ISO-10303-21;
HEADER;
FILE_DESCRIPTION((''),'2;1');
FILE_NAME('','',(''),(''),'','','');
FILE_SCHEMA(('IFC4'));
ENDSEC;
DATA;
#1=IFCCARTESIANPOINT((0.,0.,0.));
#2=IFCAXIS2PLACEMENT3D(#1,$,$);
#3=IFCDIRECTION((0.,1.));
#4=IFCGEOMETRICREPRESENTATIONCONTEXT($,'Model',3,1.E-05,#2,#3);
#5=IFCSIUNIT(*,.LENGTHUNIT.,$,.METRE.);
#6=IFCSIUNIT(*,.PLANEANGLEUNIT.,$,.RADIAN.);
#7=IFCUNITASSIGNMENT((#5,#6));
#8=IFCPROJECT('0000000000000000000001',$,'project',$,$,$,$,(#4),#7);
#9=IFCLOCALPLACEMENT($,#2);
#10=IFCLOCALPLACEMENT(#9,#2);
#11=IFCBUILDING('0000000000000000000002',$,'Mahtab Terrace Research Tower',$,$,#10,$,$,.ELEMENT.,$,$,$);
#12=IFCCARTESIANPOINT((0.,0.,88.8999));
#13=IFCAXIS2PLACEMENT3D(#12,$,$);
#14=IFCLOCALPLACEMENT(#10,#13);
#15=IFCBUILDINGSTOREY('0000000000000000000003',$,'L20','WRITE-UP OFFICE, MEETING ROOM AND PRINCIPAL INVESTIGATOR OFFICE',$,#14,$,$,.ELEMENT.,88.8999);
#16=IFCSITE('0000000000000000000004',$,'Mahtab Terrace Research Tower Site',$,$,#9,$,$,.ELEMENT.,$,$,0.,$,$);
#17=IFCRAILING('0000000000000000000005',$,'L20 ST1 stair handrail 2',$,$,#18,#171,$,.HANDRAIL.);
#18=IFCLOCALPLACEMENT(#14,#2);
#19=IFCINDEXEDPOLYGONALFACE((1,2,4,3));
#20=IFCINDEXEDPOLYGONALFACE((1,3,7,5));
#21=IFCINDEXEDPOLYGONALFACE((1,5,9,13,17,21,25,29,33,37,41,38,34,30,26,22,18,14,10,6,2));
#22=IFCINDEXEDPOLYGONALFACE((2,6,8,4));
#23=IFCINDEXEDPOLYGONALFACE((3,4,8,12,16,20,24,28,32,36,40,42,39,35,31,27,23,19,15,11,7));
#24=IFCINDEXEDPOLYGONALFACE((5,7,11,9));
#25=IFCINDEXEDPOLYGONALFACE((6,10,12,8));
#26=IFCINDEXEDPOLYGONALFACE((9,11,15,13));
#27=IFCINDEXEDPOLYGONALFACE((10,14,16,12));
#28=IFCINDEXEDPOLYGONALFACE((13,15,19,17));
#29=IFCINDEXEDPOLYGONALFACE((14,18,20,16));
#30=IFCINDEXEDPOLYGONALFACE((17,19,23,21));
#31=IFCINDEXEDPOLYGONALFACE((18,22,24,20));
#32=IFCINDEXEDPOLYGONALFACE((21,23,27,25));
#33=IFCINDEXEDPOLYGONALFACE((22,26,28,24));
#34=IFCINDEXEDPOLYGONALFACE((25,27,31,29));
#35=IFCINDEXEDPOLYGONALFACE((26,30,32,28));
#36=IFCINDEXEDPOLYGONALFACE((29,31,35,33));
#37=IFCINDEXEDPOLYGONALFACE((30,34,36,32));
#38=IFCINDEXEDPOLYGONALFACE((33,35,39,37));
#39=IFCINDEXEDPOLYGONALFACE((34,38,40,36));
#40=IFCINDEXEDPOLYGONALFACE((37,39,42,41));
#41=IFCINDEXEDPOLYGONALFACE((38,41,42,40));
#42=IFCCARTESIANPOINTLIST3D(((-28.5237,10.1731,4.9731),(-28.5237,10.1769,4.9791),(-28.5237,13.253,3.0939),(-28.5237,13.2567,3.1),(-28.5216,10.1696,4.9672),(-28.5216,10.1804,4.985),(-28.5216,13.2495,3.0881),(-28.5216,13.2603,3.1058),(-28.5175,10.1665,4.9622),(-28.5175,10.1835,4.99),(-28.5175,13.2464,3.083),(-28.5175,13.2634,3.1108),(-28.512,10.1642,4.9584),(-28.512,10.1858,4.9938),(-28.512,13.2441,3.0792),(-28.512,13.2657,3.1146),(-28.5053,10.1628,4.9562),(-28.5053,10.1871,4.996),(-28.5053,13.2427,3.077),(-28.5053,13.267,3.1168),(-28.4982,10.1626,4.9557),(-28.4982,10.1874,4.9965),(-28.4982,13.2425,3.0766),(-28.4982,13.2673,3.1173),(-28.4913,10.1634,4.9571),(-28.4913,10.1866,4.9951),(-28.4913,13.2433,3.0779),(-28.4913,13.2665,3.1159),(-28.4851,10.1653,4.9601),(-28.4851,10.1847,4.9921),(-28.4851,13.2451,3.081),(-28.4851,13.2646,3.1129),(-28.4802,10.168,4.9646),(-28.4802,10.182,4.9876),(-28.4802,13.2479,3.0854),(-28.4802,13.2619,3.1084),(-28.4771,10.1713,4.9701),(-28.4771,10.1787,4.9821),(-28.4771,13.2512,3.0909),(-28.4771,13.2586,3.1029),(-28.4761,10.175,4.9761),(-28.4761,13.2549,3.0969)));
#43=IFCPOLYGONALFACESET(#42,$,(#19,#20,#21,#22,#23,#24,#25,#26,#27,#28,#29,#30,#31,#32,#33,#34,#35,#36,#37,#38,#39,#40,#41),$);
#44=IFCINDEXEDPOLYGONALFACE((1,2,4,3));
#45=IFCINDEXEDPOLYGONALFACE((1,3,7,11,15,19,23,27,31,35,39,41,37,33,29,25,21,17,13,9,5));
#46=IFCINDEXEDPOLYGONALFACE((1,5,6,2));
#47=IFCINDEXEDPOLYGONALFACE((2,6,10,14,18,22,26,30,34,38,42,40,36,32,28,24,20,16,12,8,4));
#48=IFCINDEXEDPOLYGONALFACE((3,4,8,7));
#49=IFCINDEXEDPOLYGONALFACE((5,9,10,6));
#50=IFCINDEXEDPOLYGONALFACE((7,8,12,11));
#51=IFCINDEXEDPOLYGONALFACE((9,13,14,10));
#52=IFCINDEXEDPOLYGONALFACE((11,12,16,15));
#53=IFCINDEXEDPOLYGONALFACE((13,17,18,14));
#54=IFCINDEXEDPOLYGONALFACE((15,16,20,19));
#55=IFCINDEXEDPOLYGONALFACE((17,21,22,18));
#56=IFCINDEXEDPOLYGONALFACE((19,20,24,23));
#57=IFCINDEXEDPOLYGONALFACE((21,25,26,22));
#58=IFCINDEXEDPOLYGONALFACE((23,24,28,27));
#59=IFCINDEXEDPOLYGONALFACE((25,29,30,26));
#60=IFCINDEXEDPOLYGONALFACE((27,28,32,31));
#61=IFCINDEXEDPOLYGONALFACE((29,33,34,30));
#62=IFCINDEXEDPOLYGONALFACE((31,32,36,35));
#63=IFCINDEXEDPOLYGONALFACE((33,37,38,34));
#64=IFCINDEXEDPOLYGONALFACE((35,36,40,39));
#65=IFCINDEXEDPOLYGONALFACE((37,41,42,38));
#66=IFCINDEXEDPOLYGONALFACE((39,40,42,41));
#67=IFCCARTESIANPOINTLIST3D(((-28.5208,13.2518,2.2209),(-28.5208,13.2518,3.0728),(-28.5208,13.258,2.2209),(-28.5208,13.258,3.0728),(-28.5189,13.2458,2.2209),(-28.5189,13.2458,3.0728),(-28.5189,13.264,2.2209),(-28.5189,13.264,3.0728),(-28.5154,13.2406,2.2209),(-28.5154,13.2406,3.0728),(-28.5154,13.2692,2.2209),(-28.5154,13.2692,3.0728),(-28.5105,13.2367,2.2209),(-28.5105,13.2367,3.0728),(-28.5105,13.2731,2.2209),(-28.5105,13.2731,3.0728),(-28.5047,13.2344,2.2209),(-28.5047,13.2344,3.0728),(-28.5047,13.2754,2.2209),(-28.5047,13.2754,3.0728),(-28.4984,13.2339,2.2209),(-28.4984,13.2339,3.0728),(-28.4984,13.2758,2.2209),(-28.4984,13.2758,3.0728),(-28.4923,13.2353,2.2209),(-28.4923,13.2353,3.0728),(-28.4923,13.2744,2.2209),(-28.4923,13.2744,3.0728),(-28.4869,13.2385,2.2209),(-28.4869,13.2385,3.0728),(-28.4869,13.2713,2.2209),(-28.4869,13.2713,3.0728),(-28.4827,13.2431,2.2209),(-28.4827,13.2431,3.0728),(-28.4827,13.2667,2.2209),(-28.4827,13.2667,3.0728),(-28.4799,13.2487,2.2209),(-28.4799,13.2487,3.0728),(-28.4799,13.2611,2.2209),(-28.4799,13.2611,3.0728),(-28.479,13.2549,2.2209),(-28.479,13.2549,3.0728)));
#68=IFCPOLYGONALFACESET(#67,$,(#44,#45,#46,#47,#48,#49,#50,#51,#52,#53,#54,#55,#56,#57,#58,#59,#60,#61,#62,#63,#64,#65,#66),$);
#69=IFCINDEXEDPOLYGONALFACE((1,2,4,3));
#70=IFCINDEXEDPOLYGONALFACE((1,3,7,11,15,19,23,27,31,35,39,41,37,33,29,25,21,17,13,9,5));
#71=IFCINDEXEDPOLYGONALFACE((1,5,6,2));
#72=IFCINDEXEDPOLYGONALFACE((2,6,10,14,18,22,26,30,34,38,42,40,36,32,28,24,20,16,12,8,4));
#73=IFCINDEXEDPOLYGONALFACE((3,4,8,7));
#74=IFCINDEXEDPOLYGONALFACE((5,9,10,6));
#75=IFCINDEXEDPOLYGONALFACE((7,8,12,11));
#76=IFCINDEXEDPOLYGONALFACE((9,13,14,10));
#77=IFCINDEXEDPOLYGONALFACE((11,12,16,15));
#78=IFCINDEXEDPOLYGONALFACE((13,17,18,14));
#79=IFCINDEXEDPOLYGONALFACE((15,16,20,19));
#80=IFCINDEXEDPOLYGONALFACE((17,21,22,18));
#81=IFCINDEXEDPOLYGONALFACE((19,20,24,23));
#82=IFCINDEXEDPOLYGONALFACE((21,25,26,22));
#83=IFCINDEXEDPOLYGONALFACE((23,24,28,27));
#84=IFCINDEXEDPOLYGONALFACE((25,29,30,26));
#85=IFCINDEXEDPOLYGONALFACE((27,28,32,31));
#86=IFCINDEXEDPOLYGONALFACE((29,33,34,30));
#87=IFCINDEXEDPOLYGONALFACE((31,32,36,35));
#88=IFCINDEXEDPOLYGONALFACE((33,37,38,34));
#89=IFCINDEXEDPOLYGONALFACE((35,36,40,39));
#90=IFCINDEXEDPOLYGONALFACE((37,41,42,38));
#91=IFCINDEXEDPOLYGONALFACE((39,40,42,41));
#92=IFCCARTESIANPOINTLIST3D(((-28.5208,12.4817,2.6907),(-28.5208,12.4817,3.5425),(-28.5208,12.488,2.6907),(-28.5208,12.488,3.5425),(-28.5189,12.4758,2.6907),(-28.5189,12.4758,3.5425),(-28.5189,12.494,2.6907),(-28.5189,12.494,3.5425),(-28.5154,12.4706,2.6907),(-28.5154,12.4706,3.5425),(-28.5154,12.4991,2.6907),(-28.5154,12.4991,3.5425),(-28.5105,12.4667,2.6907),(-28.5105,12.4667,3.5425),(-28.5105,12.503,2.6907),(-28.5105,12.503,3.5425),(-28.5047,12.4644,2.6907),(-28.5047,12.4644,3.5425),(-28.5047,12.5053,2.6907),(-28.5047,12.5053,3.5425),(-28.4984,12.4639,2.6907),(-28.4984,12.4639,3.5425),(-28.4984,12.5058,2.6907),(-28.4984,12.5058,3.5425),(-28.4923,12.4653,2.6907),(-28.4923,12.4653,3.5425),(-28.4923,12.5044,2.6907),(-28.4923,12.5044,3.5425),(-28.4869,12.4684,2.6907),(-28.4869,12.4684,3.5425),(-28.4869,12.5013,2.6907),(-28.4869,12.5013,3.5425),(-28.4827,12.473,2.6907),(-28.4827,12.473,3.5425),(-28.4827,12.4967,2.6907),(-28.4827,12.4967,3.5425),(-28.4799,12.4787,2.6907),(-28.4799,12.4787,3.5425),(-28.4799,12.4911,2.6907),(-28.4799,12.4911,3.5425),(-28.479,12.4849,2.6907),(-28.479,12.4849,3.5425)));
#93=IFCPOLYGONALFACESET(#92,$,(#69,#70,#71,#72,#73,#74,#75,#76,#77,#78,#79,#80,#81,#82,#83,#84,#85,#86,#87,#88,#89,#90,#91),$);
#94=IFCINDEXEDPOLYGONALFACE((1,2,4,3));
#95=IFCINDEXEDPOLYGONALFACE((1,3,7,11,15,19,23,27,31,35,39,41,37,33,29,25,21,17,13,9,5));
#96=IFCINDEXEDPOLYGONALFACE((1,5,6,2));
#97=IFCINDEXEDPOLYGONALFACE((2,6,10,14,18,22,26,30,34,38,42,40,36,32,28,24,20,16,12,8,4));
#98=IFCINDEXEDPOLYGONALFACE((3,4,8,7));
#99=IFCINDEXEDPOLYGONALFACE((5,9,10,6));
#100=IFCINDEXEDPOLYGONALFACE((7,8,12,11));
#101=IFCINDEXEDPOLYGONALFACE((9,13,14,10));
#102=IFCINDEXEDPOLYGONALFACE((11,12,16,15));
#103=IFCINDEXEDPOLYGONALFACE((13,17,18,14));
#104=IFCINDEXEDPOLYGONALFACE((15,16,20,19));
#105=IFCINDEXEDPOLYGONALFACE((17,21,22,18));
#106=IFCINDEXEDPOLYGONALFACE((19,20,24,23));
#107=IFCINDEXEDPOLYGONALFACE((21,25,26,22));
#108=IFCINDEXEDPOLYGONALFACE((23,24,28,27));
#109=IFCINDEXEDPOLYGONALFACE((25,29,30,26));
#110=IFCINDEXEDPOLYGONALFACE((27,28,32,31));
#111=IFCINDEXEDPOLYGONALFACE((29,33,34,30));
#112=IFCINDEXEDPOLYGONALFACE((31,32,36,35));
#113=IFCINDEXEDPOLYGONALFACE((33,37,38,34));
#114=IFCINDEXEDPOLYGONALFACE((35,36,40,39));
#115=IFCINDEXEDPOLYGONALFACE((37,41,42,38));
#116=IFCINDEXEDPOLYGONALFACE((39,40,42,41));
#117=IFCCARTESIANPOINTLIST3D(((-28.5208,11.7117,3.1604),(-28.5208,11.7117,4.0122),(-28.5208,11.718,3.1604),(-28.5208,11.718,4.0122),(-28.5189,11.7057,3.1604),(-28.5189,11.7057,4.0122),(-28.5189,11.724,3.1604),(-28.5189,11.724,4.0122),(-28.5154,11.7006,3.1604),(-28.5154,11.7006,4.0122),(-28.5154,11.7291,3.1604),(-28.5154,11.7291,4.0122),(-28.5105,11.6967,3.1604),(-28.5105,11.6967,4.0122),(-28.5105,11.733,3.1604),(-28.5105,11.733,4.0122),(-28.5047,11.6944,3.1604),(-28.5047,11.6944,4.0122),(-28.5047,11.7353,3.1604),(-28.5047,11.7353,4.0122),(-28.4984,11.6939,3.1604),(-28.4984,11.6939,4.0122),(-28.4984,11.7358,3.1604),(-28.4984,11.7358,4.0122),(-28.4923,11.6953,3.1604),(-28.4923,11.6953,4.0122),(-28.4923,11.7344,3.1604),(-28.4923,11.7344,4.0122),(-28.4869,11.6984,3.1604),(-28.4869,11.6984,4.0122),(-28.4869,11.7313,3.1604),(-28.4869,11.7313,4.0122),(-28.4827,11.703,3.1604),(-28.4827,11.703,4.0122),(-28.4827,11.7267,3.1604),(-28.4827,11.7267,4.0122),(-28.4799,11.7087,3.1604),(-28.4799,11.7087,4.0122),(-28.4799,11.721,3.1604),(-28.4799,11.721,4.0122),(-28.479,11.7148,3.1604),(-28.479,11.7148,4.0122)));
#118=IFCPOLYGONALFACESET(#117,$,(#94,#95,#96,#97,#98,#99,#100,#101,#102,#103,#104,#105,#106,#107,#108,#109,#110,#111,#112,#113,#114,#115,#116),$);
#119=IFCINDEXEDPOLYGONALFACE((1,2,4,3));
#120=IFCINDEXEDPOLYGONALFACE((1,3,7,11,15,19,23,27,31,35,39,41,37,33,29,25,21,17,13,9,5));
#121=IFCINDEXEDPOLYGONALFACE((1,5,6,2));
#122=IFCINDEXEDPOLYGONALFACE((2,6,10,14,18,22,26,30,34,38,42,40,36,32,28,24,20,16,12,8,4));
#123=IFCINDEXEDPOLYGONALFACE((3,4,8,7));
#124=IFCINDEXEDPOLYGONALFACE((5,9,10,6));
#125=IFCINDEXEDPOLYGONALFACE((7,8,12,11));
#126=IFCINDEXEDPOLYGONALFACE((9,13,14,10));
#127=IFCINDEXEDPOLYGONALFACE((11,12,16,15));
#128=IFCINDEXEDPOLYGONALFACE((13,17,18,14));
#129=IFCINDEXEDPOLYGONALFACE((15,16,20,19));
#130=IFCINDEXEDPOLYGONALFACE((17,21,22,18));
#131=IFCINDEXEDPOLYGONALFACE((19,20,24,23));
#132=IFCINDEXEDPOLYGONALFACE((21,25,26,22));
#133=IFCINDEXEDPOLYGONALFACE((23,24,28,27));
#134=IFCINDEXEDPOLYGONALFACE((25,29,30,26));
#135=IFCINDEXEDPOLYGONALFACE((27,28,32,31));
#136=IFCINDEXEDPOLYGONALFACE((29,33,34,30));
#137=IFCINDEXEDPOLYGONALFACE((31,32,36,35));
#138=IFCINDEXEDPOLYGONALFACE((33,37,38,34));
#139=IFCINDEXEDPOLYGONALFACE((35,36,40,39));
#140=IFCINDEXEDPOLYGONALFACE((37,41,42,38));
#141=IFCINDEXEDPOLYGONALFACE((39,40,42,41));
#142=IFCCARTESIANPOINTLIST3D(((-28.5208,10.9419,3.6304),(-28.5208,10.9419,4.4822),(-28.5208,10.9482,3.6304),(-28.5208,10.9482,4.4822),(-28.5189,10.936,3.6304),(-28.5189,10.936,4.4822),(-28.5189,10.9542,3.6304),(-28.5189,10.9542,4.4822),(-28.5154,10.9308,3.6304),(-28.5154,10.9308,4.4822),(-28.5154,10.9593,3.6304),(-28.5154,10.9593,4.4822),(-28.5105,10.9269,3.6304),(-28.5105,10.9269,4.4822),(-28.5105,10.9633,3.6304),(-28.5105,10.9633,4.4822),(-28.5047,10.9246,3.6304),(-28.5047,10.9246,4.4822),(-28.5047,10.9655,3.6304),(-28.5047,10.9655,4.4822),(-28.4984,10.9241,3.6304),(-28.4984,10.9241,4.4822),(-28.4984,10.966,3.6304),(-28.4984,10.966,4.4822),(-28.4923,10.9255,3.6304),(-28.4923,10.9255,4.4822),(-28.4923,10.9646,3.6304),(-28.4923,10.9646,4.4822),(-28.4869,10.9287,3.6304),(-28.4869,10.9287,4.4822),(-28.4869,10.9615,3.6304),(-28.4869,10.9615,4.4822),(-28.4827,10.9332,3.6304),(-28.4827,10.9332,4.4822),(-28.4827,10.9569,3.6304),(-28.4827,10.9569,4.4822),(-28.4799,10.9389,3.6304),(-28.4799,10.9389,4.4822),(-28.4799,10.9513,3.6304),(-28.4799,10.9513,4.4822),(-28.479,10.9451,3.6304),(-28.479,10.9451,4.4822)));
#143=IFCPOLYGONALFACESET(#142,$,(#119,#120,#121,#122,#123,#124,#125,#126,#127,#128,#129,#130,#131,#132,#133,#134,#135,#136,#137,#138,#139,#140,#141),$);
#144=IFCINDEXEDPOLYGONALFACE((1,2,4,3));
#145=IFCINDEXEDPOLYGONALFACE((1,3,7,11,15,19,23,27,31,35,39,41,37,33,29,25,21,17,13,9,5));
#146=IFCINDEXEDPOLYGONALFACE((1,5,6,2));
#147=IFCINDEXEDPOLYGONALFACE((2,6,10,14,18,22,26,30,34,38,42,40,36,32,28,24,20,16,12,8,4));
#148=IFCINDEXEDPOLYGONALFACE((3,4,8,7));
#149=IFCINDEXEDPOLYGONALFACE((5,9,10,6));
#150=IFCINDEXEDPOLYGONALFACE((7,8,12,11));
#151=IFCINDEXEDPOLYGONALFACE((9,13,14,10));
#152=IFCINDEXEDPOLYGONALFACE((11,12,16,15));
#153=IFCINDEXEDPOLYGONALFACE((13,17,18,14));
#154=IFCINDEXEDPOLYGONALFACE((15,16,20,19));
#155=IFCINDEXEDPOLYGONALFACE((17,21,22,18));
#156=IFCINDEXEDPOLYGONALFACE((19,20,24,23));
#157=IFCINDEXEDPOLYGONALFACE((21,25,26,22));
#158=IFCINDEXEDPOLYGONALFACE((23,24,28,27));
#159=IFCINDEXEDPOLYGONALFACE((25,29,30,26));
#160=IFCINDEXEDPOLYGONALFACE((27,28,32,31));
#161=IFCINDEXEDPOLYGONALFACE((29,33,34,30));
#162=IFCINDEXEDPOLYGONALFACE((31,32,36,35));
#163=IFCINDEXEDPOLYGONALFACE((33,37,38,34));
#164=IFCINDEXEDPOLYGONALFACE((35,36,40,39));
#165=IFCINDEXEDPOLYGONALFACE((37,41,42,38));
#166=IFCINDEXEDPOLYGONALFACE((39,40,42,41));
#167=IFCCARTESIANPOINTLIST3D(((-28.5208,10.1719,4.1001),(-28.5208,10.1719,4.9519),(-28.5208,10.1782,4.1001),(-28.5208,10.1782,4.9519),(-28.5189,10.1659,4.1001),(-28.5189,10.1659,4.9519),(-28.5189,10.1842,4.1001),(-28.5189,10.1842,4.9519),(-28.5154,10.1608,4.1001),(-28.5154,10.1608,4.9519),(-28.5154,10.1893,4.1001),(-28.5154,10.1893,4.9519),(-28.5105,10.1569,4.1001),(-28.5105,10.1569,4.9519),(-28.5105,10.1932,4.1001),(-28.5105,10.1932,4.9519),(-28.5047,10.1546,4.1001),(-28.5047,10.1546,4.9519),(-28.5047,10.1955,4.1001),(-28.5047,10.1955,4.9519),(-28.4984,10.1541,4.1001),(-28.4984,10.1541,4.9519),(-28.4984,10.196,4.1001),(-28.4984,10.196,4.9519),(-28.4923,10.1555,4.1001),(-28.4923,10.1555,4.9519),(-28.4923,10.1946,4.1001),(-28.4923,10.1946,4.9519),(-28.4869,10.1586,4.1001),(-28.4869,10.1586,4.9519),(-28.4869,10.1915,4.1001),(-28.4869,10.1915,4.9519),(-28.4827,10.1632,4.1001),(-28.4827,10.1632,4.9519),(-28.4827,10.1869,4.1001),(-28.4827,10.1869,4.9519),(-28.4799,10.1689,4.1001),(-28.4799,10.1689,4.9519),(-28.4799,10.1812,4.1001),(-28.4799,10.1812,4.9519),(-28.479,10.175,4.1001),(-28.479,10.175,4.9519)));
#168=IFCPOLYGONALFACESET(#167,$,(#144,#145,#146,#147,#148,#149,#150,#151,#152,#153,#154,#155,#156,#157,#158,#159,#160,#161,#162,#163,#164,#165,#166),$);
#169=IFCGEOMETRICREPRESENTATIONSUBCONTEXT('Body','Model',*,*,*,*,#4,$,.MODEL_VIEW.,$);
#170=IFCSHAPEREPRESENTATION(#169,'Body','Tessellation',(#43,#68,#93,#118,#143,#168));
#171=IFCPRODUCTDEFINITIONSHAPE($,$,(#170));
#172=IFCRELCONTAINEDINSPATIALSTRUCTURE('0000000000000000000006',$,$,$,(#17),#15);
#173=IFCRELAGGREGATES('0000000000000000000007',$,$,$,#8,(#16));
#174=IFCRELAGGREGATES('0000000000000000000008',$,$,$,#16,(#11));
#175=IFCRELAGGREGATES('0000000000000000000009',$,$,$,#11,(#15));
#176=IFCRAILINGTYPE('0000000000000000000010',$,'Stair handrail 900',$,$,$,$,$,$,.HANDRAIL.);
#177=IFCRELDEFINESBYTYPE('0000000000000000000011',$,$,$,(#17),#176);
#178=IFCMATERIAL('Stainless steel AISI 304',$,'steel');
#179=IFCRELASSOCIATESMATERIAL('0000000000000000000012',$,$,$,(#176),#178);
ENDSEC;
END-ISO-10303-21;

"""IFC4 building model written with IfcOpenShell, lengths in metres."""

from ifc_helpers import new_model, si_unit, direction, frame, origin, origin_2d, place, context, subcontext, project, spatial, circle, extrude, material, type_object, element, save


model = new_model("IFC4")

# Units and contexts
model_context = context("Model", 3, precision=1e-05, world=origin(), true_north=direction((0.0, 1.0)))
body_context = subcontext(model_context, "Body", "Model", "MODEL_VIEW")
ifc_project = project(units=[si_unit("LENGTHUNIT", "METRE"), si_unit("PLANEANGLEUNIT", "RADIAN")], contexts=[model_context])

# Site, building, storey
site_placement = place(None, origin())
site = spatial("IfcSite", under=ifc_project, at=site_placement, Name="Mahtab Terrace Research Tower Site", CompositionType="ELEMENT", RefElevation=0.0)
building_placement = place(site_placement, origin())
building = spatial("IfcBuilding", under=site, at=building_placement, Name="Mahtab Terrace Research Tower", CompositionType="ELEMENT")
storey_placement = place(building_placement, frame((0.0, 0.0, 88.8999)))
storey = spatial("IfcBuildingStorey", under=building, at=storey_placement, Name="L20", Description="WRITE-UP OFFICE, MEETING ROOM AND PRINCIPAL INVESTIGATOR OFFICE", CompositionType="ELEMENT", Elevation=88.8999)

# Railing
ifc_material_1 = material(Name="Stainless steel AISI 304", Category="steel")
railing_type_1 = type_object("IfcRailingType", Name="Stair handrail 900", PredefinedType="HANDRAIL", material=ifc_material_1)
railing_1_placement = place(storey_placement, frame((-28.5, 13.2549, 2.2209)))
element("IfcRailing", 1, at=railing_1_placement, inside=storey, type_object=railing_type_1, Name="L20 ST1 stair handrail 2", PredefinedType="HANDRAIL", context=body_context, shape_type="SweptSolid", body=[
    extrude(circle(Radius=0.0239, at=origin_2d()), frame((0.0, 0.0, 0.876), z_axis=(0.0, -0.853648, 0.52085), x_axis=(1.0, 0.0, 0.0)), (0.0, 0.0, 1.0), 3.6079),
    extrude(circle(Radius=0.021, at=origin_2d()), origin(), (0.0, 0.0, 1.0), 0.8518),
    extrude(circle(Radius=0.021, at=origin_2d()), frame((0.0, -0.77, 0.4697)), (0.0, 0.0, 1.0), 0.8518),
    extrude(circle(Radius=0.021, at=origin_2d()), frame((0.0, -1.54, 0.9395)), (0.0, 0.0, 1.0), 0.8518),
    extrude(circle(Radius=0.021, at=origin_2d()), frame((0.0, -2.3098, 1.4094)), (0.0, 0.0, 1.0), 0.8518),
    extrude(circle(Radius=0.021, at=origin_2d()), frame((0.0, -3.0798, 1.8792)), (0.0, 0.0, 1.0), 0.8518),
])

save(model, "model.ifc")
